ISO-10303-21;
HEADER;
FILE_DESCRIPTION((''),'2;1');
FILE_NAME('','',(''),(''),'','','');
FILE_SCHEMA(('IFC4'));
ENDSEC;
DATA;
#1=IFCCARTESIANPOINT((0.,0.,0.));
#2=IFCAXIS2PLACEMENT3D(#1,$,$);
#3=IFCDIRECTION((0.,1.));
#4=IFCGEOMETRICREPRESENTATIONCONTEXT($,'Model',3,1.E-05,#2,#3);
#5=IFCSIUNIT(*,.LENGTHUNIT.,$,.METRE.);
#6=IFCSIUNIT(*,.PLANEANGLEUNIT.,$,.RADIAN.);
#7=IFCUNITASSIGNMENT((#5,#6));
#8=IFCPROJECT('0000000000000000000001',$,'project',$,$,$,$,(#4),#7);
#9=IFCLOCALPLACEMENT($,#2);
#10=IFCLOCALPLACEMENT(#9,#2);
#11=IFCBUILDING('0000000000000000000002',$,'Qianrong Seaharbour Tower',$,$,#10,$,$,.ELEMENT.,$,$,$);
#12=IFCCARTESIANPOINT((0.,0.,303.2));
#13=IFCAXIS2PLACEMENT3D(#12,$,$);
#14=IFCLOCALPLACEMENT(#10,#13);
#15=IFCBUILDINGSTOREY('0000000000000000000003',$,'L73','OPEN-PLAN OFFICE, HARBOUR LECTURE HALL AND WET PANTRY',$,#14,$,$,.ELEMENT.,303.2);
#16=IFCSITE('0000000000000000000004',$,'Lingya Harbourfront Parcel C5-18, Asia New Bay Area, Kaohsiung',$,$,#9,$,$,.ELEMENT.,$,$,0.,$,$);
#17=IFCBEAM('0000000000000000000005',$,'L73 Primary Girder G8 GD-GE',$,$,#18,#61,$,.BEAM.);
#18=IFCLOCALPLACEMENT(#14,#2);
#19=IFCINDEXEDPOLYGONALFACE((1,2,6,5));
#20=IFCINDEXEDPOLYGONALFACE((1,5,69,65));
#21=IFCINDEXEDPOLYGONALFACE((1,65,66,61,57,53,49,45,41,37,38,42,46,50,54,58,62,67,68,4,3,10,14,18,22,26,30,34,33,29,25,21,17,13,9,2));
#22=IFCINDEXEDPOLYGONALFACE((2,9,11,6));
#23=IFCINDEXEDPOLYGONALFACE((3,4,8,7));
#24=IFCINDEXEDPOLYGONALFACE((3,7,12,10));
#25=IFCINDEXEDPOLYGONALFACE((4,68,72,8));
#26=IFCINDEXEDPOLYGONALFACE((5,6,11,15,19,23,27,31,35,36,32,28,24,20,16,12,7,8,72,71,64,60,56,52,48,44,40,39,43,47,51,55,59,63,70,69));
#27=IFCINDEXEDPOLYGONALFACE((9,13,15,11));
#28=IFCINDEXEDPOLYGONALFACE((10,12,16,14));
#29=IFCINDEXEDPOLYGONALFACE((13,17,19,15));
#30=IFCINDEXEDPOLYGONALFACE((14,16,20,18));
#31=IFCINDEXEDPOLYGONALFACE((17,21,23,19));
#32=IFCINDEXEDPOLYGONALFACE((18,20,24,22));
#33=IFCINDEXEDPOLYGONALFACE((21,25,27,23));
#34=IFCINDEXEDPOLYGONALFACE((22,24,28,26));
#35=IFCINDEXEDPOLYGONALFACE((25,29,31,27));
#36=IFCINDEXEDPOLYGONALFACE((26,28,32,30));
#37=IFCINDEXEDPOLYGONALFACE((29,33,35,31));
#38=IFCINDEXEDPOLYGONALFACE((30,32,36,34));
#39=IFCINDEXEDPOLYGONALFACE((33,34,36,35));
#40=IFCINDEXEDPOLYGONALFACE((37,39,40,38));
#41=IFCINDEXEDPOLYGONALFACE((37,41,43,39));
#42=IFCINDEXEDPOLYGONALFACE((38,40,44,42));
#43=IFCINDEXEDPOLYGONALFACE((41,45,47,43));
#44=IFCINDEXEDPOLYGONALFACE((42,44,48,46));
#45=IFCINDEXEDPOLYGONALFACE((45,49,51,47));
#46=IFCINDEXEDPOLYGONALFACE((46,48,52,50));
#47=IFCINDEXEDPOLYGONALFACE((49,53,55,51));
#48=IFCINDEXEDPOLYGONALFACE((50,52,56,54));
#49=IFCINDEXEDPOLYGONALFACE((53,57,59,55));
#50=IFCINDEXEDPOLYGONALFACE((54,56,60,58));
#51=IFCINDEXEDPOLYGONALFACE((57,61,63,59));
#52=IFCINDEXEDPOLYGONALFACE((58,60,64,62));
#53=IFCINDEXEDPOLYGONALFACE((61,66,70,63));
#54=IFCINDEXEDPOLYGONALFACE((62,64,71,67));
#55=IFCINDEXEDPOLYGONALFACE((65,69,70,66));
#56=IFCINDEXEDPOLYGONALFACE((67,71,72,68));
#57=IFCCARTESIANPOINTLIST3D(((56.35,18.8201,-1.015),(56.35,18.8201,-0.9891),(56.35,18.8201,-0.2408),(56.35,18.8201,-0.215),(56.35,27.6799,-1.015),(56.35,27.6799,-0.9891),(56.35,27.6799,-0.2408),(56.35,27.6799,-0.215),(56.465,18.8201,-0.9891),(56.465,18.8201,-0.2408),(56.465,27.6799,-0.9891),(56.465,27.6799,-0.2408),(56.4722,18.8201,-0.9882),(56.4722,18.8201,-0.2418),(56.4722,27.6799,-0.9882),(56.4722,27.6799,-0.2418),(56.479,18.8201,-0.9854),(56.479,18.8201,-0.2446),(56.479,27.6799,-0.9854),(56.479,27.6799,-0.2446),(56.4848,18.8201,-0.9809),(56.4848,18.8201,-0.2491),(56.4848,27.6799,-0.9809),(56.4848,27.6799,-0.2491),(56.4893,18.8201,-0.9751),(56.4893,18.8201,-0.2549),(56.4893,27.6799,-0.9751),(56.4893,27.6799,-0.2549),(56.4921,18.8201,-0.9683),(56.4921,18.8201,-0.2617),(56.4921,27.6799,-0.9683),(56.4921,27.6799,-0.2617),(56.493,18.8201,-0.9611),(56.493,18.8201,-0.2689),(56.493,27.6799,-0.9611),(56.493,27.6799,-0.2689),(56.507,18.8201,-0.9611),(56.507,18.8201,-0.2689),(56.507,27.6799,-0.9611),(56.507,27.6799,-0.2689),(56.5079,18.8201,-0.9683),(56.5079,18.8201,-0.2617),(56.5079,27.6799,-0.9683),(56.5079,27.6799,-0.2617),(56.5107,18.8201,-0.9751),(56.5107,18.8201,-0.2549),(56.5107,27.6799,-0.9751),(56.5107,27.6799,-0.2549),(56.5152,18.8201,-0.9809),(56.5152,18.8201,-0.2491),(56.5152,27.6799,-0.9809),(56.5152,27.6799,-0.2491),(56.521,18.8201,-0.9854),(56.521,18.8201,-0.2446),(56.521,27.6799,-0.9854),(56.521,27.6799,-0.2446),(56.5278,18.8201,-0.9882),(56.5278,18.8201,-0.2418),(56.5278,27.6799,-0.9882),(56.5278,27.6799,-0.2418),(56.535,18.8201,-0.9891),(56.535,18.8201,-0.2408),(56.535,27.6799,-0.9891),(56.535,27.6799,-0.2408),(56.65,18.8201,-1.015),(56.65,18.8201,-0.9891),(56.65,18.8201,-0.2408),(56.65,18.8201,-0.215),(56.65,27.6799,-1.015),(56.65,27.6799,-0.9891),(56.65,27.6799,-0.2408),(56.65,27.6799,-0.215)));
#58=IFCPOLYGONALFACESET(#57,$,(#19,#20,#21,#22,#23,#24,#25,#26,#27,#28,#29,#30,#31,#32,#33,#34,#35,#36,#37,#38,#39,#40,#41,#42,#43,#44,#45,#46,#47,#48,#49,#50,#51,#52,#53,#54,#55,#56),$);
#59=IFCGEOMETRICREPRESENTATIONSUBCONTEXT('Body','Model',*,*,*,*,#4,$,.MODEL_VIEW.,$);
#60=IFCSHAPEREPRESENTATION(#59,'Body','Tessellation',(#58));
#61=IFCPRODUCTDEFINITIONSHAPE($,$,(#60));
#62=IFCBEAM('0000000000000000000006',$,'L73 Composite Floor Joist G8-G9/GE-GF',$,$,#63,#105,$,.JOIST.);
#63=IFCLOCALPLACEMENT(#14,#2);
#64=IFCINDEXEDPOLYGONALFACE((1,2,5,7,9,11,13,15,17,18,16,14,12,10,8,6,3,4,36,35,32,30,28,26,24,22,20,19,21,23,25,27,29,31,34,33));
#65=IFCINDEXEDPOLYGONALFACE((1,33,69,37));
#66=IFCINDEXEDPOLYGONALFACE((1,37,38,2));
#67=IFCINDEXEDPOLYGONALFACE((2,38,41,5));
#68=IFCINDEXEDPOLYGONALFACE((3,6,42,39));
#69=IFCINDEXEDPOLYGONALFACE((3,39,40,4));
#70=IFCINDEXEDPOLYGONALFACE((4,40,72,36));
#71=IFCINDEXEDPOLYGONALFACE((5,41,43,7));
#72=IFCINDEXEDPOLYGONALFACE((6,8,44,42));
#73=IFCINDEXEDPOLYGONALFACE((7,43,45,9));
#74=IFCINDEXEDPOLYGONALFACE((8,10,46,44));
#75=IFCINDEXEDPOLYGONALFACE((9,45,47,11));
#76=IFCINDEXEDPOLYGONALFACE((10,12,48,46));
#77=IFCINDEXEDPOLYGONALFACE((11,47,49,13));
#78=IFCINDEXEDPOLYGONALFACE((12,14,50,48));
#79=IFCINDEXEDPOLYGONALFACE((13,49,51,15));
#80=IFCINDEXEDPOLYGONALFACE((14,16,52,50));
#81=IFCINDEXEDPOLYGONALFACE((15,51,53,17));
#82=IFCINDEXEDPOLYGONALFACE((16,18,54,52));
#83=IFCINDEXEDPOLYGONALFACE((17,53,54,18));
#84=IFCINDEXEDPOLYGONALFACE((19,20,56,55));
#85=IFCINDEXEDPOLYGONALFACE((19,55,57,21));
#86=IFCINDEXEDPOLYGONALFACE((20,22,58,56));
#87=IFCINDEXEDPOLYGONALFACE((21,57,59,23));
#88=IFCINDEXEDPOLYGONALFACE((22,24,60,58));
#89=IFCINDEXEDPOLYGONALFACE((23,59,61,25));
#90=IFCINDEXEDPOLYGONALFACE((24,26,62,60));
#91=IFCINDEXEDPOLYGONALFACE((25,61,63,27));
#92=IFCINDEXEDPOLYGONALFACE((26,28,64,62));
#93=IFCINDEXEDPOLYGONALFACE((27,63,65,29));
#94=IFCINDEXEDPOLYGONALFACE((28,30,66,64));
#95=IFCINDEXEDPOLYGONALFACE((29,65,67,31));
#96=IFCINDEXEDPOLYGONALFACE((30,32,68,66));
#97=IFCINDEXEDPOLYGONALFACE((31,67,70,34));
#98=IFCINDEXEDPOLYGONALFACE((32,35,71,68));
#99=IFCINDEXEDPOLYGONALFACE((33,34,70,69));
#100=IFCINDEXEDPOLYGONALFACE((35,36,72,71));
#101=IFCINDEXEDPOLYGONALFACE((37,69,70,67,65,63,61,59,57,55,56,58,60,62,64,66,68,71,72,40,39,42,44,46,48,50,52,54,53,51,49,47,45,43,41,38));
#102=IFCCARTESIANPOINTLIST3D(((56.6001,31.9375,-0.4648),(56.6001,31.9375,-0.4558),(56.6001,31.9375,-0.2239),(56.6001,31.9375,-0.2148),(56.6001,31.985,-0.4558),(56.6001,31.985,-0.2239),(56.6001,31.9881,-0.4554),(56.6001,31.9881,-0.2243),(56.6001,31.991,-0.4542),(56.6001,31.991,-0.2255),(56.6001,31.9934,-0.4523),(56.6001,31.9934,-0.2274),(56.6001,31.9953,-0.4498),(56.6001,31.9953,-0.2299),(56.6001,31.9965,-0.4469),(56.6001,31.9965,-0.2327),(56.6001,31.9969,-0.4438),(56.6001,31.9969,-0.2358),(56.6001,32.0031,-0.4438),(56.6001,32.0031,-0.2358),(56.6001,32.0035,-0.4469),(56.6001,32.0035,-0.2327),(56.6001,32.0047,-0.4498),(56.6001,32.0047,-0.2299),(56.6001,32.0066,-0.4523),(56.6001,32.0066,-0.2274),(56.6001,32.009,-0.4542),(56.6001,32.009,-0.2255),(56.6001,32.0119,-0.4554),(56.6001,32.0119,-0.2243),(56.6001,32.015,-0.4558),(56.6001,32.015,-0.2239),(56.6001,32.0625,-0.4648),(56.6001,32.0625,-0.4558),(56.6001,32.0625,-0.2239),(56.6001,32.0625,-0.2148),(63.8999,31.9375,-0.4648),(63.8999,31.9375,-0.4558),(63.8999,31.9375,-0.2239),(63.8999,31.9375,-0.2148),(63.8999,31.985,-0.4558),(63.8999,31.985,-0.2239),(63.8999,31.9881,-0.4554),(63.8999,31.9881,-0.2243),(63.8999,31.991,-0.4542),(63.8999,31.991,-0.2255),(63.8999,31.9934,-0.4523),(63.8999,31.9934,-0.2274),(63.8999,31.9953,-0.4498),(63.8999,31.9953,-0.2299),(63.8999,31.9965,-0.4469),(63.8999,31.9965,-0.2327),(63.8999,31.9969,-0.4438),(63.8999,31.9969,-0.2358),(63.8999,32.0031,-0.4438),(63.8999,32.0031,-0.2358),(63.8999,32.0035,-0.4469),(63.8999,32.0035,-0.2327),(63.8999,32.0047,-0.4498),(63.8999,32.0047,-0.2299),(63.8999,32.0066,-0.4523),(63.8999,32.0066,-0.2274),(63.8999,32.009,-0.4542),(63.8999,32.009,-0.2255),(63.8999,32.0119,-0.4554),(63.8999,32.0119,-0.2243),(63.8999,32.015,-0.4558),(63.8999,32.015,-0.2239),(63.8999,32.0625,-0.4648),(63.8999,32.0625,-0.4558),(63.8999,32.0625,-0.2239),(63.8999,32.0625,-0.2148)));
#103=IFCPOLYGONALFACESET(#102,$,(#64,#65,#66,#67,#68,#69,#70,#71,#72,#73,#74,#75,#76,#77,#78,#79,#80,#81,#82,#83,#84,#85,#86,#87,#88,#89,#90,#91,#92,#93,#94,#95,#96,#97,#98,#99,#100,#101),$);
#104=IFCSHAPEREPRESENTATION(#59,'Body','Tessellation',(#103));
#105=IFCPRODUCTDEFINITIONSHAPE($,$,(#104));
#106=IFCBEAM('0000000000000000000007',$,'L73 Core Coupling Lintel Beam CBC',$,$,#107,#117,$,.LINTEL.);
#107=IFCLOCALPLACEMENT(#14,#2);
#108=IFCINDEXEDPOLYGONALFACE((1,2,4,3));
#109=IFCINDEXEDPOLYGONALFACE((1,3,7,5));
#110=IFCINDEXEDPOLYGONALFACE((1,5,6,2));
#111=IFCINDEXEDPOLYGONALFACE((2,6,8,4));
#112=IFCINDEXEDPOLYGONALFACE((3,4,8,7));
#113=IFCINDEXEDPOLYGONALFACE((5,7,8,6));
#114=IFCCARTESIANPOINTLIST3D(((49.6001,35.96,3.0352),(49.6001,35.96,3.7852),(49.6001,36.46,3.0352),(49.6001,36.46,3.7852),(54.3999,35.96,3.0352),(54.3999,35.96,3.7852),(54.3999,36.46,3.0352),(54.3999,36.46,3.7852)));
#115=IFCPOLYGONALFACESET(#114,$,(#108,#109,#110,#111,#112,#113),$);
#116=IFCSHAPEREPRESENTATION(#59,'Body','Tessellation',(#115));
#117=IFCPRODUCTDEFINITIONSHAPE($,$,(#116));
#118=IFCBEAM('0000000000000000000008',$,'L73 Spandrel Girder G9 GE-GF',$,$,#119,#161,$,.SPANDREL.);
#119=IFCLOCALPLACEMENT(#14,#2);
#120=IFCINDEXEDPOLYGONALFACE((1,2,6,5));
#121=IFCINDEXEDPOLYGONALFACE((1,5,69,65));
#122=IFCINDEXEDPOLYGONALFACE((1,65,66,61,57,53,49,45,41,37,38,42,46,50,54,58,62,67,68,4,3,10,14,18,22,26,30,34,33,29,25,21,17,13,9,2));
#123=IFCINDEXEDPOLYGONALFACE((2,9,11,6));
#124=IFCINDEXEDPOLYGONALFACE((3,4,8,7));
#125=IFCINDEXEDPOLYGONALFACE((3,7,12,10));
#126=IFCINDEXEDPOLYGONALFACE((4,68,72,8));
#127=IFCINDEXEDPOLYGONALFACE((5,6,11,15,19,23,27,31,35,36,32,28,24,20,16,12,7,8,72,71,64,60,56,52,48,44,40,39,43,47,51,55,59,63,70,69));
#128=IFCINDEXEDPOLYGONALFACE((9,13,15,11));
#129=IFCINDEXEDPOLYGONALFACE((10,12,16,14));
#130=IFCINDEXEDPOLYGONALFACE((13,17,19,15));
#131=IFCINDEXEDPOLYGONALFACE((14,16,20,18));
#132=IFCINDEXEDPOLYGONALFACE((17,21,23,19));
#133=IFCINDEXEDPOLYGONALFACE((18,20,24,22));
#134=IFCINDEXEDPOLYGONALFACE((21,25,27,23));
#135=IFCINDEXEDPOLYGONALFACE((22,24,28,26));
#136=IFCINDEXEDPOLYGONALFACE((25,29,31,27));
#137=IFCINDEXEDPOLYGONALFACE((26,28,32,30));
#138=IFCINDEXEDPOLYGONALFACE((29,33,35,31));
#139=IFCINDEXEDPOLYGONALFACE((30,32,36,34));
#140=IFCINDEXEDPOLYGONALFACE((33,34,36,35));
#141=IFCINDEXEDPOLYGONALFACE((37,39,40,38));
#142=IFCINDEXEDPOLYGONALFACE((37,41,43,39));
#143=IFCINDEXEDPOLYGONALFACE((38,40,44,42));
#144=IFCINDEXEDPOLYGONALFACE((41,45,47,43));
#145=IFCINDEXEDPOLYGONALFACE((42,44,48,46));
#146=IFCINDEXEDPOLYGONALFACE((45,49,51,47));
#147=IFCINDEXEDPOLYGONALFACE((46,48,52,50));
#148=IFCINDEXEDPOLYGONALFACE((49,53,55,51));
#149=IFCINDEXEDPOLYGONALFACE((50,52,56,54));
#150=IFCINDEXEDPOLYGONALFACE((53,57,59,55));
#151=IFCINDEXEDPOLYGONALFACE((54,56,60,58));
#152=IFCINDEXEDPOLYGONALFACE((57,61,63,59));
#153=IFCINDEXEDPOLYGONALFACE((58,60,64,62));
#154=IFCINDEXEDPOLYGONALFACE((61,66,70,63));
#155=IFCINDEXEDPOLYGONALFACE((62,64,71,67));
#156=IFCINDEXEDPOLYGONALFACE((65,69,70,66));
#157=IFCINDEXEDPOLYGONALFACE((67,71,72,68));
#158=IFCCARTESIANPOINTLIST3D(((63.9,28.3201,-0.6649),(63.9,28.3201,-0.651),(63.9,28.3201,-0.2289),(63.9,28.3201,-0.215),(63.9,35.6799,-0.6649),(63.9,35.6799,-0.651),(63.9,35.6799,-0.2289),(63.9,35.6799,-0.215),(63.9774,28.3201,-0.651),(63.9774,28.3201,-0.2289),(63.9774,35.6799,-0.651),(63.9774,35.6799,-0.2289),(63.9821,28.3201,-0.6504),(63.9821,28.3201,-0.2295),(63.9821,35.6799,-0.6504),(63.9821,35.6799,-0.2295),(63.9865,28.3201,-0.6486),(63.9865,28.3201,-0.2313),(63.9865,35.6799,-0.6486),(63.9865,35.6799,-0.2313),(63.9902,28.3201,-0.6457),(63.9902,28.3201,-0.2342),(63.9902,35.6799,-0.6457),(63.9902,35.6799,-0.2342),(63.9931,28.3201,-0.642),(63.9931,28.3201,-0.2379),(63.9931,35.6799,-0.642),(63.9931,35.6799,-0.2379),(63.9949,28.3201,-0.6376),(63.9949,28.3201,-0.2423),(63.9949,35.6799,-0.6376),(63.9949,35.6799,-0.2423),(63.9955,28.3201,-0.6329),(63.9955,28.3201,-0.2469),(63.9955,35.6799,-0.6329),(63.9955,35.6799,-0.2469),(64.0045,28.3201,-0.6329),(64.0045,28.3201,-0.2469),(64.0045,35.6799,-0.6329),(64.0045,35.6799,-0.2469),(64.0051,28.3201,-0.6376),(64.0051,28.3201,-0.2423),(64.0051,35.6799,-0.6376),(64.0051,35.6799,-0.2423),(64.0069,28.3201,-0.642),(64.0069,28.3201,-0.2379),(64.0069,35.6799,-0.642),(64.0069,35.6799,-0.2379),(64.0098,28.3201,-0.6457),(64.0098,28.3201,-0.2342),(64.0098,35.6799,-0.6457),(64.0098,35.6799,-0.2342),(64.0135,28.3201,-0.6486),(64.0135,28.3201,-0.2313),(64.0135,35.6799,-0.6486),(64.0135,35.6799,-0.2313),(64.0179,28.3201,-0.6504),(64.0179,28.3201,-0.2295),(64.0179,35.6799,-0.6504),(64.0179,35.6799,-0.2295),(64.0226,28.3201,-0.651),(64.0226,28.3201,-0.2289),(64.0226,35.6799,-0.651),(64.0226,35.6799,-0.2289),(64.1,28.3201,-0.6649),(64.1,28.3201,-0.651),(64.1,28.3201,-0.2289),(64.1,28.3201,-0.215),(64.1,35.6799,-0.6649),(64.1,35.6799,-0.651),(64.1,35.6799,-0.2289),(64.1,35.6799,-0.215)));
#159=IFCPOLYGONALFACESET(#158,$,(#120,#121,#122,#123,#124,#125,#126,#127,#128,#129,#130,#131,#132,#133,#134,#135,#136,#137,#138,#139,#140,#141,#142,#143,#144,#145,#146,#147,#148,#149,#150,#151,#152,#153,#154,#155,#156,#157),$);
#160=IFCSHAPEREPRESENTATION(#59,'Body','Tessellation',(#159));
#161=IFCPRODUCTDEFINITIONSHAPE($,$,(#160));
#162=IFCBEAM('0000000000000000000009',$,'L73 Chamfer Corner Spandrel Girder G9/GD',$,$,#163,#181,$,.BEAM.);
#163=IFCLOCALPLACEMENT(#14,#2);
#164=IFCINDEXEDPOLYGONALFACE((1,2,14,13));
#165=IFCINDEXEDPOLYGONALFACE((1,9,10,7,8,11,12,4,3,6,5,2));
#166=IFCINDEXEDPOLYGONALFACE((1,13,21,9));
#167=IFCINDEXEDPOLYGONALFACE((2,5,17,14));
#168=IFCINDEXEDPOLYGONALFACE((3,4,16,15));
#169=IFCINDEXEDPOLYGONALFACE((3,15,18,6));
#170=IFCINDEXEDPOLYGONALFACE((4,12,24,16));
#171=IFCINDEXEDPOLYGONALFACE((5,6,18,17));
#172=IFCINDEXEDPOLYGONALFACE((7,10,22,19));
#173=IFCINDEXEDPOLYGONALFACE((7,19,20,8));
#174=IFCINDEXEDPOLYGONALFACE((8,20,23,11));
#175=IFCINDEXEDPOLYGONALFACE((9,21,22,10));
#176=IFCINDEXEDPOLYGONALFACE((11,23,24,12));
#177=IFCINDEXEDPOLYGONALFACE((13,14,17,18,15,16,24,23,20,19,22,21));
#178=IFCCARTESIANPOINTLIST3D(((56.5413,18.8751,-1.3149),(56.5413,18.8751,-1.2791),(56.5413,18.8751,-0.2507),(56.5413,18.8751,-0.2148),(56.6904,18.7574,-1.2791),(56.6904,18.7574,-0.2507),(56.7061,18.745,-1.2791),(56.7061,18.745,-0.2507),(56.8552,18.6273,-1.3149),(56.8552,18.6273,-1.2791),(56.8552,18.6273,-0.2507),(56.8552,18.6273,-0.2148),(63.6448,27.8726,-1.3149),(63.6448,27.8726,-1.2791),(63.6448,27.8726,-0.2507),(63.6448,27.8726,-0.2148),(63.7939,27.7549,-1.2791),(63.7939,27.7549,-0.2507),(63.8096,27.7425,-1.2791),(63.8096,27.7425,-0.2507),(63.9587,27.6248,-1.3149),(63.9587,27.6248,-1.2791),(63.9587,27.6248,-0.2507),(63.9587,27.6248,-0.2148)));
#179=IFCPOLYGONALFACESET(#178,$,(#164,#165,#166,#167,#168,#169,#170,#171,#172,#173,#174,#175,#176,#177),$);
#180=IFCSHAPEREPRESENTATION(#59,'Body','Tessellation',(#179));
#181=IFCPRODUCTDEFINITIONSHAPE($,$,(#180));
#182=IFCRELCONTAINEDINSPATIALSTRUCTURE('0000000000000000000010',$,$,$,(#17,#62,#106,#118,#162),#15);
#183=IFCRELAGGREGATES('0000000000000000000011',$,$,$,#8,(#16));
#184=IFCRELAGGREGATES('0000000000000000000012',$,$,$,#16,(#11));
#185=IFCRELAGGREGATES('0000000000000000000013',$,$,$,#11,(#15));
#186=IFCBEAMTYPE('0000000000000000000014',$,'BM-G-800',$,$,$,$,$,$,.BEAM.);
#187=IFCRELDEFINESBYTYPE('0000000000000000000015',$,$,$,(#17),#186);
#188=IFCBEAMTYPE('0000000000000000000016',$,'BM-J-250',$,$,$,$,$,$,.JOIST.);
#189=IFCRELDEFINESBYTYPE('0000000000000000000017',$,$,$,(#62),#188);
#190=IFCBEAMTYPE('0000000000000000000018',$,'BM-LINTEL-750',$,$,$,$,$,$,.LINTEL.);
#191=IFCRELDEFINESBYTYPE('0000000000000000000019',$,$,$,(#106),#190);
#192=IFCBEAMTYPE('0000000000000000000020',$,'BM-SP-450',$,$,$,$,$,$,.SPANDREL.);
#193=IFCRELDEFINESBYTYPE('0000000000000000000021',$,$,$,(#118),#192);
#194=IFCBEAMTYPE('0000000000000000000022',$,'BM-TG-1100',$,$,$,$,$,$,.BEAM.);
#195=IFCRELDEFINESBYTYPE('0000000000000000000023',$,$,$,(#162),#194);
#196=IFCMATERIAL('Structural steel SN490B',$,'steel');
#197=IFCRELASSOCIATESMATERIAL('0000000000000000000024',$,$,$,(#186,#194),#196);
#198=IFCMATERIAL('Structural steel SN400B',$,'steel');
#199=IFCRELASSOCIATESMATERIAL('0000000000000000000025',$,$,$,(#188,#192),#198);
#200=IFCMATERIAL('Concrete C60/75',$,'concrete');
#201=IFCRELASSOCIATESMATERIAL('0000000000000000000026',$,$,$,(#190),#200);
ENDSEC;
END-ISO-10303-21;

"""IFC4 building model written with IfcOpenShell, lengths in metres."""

from ifc_helpers import new_model, si_unit, direction, frame, origin, origin_2d, place, context, subcontext, project, spatial, rectangle, i_section, extrude, material, material_profile, profile_set, type_object, element, save


model = new_model("IFC4")

# Units and contexts
model_context = context("Model", 3, precision=1e-05, world=origin(), true_north=direction((0.0, 1.0)))
body_context = subcontext(model_context, "Body", "Model", "MODEL_VIEW")
ifc_project = project(units=[si_unit("LENGTHUNIT", "METRE"), si_unit("PLANEANGLEUNIT", "RADIAN")], contexts=[model_context])

# Site, building, storey
site_placement = place(None, origin())
site = spatial("IfcSite", under=ifc_project, at=site_placement, Name="Lingya Harbourfront Parcel C5-18, Asia New Bay Area, Kaohsiung", CompositionType="ELEMENT", RefElevation=0.0)
building_placement = place(site_placement, origin())
building = spatial("IfcBuilding", under=site, at=building_placement, Name="Qianrong Seaharbour Tower", CompositionType="ELEMENT")
storey_placement = place(building_placement, frame((0.0, 0.0, 303.2)))
storey = spatial("IfcBuildingStorey", under=building, at=storey_placement, Name="L73", Description="OPEN-PLAN OFFICE, HARBOUR LECTURE HALL AND WET PANTRY", CompositionType="ELEMENT", Elevation=303.2)

# Shared definitions
ifc_material_1 = material(Name="Structural steel SN490B", Category="steel")
ifc_material_2 = material(Name="Structural steel SN400B", Category="steel")

# Beams
ifc_material_profile_1 = material_profile(ifc_material_1, i_section(OverallWidth=0.3, OverallDepth=0.8, WebThickness=0.0139, FlangeThickness=0.0259, FilletRadius=0.0281, at=origin_2d()), Name="H800x300x14x26")
ifc_profile_set_1 = profile_set([ifc_material_profile_1], Name="Structural steel SN490B")
beam_type_1 = type_object("IfcBeamType", Name="BM-G-800", PredefinedType="BEAM", material=ifc_profile_set_1)
beam_1_placement = place(storey_placement, frame((56.5, 18.8201, -0.615), z_axis=(0.0, 1.0, 0.0), x_axis=(-1.0, 0.0, 0.0)))
element("IfcBeam", 1, at=beam_1_placement, inside=storey, type_object=beam_type_1, Name="L73 Primary Girder G8 GD-GE", PredefinedType="BEAM", context=body_context, shape_type="SweptSolid", body=[
    extrude(i_section(OverallWidth=0.3, OverallDepth=0.8, WebThickness=0.0139, FlangeThickness=0.0259, FilletRadius=0.0281, at=origin_2d()), origin(), (0.0, 0.0, 1.0), 8.8599),
])
ifc_material_profile_2 = material_profile(ifc_material_2, i_section(OverallWidth=0.125, OverallDepth=0.25, WebThickness=0.0061, FlangeThickness=0.009, FilletRadius=0.012, at=origin_2d()), Name="H250x125x6x9")
ifc_profile_set_2 = profile_set([ifc_material_profile_2], Name="Structural steel SN400B")
beam_type_2 = type_object("IfcBeamType", Name="BM-J-250", PredefinedType="JOIST", material=ifc_profile_set_2)
beam_2_placement = place(storey_placement, frame((56.6001, 32.0, -0.3398), z_axis=(1.0, 0.0, 0.0), x_axis=(0.0, 1.0, 0.0)))
element("IfcBeam", 2, at=beam_2_placement, inside=storey, type_object=beam_type_2, Name="L73 Composite Floor Joist G8-G9/GE-GF", PredefinedType="JOIST", context=body_context, shape_type="SweptSolid", body=[
    extrude(i_section(OverallWidth=0.125, OverallDepth=0.25, WebThickness=0.0061, FlangeThickness=0.009, FilletRadius=0.012, at=origin_2d()), origin(), (0.0, 0.0, 1.0), 7.2998),
])
ifc_material_3 = material(Name="Concrete C60/75", Category="concrete")
ifc_material_profile_3 = material_profile(ifc_material_3, rectangle(XDim=0.5, YDim=0.75, at=origin_2d()), Name="RC500x750")
ifc_profile_set_3 = profile_set([ifc_material_profile_3], Name="Concrete C60/75")
beam_type_3 = type_object("IfcBeamType", Name="BM-LINTEL-750", PredefinedType="LINTEL", material=ifc_profile_set_3)
beam_3_placement = place(storey_placement, frame((49.6001, 36.21, 3.4102), z_axis=(1.0, 0.0, 0.0), x_axis=(0.0, 1.0, 0.0)))
element("IfcBeam", 3, at=beam_3_placement, inside=storey, type_object=beam_type_3, Name="L73 Core Coupling Lintel Beam CBC", PredefinedType="LINTEL", context=body_context, shape_type="SweptSolid", body=[
    extrude(rectangle(XDim=0.5, YDim=0.75, at=origin_2d()), origin(), (0.0, 0.0, 1.0), 4.7998),
])
ifc_material_profile_4 = material_profile(ifc_material_2, i_section(OverallWidth=0.2, OverallDepth=0.45, WebThickness=0.009, FlangeThickness=0.0139, FilletRadius=0.0181, at=origin_2d()), Name="H450x200x9x14")
ifc_profile_set_4 = profile_set([ifc_material_profile_4], Name="Structural steel SN400B")
beam_type_4 = type_object("IfcBeamType", Name="BM-SP-450", PredefinedType="SPANDREL", material=ifc_profile_set_4)
beam_4_placement = place(storey_placement, frame((64.0, 28.3201, -0.4399), z_axis=(0.0, 1.0, 0.0), x_axis=(-1.0, 0.0, 0.0)))
element("IfcBeam", 4, at=beam_4_placement, inside=storey, type_object=beam_type_4, Name="L73 Spandrel Girder G9 GE-GF", PredefinedType="SPANDREL", context=body_context, shape_type="SweptSolid", body=[
    extrude(i_section(OverallWidth=0.2, OverallDepth=0.45, WebThickness=0.009, FlangeThickness=0.0139, FilletRadius=0.0181, at=origin_2d()), origin(), (0.0, 0.0, 1.0), 7.3599),
])
ifc_material_profile_5 = material_profile(ifc_material_1, i_section(OverallWidth=0.3999, OverallDepth=1.1001, WebThickness=0.02, FlangeThickness=0.0359, at=origin_2d()), Name="BH1100x400x20x36")
ifc_profile_set_5 = profile_set([ifc_material_profile_5], Name="Structural steel SN490B")
beam_type_5 = type_object("IfcBeamType", Name="BM-TG-1100", PredefinedType="BEAM", material=ifc_profile_set_5)
beam_5_placement = place(storey_placement, frame((56.6982, 18.7512, -0.7649), z_axis=(0.619654, 0.784875, 0.0), x_axis=(-0.784875, 0.619654, 0.0)))
element("IfcBeam", 5, at=beam_5_placement, inside=storey, type_object=beam_type_5, Name="L73 Chamfer Corner Spandrel Girder G9/GD", PredefinedType="BEAM", context=body_context, shape_type="SweptSolid", body=[
    extrude(i_section(OverallWidth=0.3999, OverallDepth=1.1001, WebThickness=0.02, FlangeThickness=0.0359, at=origin_2d()), origin(), (0.0, 0.0, 1.0), 11.4636),
])

save(model, "model.ifc")
